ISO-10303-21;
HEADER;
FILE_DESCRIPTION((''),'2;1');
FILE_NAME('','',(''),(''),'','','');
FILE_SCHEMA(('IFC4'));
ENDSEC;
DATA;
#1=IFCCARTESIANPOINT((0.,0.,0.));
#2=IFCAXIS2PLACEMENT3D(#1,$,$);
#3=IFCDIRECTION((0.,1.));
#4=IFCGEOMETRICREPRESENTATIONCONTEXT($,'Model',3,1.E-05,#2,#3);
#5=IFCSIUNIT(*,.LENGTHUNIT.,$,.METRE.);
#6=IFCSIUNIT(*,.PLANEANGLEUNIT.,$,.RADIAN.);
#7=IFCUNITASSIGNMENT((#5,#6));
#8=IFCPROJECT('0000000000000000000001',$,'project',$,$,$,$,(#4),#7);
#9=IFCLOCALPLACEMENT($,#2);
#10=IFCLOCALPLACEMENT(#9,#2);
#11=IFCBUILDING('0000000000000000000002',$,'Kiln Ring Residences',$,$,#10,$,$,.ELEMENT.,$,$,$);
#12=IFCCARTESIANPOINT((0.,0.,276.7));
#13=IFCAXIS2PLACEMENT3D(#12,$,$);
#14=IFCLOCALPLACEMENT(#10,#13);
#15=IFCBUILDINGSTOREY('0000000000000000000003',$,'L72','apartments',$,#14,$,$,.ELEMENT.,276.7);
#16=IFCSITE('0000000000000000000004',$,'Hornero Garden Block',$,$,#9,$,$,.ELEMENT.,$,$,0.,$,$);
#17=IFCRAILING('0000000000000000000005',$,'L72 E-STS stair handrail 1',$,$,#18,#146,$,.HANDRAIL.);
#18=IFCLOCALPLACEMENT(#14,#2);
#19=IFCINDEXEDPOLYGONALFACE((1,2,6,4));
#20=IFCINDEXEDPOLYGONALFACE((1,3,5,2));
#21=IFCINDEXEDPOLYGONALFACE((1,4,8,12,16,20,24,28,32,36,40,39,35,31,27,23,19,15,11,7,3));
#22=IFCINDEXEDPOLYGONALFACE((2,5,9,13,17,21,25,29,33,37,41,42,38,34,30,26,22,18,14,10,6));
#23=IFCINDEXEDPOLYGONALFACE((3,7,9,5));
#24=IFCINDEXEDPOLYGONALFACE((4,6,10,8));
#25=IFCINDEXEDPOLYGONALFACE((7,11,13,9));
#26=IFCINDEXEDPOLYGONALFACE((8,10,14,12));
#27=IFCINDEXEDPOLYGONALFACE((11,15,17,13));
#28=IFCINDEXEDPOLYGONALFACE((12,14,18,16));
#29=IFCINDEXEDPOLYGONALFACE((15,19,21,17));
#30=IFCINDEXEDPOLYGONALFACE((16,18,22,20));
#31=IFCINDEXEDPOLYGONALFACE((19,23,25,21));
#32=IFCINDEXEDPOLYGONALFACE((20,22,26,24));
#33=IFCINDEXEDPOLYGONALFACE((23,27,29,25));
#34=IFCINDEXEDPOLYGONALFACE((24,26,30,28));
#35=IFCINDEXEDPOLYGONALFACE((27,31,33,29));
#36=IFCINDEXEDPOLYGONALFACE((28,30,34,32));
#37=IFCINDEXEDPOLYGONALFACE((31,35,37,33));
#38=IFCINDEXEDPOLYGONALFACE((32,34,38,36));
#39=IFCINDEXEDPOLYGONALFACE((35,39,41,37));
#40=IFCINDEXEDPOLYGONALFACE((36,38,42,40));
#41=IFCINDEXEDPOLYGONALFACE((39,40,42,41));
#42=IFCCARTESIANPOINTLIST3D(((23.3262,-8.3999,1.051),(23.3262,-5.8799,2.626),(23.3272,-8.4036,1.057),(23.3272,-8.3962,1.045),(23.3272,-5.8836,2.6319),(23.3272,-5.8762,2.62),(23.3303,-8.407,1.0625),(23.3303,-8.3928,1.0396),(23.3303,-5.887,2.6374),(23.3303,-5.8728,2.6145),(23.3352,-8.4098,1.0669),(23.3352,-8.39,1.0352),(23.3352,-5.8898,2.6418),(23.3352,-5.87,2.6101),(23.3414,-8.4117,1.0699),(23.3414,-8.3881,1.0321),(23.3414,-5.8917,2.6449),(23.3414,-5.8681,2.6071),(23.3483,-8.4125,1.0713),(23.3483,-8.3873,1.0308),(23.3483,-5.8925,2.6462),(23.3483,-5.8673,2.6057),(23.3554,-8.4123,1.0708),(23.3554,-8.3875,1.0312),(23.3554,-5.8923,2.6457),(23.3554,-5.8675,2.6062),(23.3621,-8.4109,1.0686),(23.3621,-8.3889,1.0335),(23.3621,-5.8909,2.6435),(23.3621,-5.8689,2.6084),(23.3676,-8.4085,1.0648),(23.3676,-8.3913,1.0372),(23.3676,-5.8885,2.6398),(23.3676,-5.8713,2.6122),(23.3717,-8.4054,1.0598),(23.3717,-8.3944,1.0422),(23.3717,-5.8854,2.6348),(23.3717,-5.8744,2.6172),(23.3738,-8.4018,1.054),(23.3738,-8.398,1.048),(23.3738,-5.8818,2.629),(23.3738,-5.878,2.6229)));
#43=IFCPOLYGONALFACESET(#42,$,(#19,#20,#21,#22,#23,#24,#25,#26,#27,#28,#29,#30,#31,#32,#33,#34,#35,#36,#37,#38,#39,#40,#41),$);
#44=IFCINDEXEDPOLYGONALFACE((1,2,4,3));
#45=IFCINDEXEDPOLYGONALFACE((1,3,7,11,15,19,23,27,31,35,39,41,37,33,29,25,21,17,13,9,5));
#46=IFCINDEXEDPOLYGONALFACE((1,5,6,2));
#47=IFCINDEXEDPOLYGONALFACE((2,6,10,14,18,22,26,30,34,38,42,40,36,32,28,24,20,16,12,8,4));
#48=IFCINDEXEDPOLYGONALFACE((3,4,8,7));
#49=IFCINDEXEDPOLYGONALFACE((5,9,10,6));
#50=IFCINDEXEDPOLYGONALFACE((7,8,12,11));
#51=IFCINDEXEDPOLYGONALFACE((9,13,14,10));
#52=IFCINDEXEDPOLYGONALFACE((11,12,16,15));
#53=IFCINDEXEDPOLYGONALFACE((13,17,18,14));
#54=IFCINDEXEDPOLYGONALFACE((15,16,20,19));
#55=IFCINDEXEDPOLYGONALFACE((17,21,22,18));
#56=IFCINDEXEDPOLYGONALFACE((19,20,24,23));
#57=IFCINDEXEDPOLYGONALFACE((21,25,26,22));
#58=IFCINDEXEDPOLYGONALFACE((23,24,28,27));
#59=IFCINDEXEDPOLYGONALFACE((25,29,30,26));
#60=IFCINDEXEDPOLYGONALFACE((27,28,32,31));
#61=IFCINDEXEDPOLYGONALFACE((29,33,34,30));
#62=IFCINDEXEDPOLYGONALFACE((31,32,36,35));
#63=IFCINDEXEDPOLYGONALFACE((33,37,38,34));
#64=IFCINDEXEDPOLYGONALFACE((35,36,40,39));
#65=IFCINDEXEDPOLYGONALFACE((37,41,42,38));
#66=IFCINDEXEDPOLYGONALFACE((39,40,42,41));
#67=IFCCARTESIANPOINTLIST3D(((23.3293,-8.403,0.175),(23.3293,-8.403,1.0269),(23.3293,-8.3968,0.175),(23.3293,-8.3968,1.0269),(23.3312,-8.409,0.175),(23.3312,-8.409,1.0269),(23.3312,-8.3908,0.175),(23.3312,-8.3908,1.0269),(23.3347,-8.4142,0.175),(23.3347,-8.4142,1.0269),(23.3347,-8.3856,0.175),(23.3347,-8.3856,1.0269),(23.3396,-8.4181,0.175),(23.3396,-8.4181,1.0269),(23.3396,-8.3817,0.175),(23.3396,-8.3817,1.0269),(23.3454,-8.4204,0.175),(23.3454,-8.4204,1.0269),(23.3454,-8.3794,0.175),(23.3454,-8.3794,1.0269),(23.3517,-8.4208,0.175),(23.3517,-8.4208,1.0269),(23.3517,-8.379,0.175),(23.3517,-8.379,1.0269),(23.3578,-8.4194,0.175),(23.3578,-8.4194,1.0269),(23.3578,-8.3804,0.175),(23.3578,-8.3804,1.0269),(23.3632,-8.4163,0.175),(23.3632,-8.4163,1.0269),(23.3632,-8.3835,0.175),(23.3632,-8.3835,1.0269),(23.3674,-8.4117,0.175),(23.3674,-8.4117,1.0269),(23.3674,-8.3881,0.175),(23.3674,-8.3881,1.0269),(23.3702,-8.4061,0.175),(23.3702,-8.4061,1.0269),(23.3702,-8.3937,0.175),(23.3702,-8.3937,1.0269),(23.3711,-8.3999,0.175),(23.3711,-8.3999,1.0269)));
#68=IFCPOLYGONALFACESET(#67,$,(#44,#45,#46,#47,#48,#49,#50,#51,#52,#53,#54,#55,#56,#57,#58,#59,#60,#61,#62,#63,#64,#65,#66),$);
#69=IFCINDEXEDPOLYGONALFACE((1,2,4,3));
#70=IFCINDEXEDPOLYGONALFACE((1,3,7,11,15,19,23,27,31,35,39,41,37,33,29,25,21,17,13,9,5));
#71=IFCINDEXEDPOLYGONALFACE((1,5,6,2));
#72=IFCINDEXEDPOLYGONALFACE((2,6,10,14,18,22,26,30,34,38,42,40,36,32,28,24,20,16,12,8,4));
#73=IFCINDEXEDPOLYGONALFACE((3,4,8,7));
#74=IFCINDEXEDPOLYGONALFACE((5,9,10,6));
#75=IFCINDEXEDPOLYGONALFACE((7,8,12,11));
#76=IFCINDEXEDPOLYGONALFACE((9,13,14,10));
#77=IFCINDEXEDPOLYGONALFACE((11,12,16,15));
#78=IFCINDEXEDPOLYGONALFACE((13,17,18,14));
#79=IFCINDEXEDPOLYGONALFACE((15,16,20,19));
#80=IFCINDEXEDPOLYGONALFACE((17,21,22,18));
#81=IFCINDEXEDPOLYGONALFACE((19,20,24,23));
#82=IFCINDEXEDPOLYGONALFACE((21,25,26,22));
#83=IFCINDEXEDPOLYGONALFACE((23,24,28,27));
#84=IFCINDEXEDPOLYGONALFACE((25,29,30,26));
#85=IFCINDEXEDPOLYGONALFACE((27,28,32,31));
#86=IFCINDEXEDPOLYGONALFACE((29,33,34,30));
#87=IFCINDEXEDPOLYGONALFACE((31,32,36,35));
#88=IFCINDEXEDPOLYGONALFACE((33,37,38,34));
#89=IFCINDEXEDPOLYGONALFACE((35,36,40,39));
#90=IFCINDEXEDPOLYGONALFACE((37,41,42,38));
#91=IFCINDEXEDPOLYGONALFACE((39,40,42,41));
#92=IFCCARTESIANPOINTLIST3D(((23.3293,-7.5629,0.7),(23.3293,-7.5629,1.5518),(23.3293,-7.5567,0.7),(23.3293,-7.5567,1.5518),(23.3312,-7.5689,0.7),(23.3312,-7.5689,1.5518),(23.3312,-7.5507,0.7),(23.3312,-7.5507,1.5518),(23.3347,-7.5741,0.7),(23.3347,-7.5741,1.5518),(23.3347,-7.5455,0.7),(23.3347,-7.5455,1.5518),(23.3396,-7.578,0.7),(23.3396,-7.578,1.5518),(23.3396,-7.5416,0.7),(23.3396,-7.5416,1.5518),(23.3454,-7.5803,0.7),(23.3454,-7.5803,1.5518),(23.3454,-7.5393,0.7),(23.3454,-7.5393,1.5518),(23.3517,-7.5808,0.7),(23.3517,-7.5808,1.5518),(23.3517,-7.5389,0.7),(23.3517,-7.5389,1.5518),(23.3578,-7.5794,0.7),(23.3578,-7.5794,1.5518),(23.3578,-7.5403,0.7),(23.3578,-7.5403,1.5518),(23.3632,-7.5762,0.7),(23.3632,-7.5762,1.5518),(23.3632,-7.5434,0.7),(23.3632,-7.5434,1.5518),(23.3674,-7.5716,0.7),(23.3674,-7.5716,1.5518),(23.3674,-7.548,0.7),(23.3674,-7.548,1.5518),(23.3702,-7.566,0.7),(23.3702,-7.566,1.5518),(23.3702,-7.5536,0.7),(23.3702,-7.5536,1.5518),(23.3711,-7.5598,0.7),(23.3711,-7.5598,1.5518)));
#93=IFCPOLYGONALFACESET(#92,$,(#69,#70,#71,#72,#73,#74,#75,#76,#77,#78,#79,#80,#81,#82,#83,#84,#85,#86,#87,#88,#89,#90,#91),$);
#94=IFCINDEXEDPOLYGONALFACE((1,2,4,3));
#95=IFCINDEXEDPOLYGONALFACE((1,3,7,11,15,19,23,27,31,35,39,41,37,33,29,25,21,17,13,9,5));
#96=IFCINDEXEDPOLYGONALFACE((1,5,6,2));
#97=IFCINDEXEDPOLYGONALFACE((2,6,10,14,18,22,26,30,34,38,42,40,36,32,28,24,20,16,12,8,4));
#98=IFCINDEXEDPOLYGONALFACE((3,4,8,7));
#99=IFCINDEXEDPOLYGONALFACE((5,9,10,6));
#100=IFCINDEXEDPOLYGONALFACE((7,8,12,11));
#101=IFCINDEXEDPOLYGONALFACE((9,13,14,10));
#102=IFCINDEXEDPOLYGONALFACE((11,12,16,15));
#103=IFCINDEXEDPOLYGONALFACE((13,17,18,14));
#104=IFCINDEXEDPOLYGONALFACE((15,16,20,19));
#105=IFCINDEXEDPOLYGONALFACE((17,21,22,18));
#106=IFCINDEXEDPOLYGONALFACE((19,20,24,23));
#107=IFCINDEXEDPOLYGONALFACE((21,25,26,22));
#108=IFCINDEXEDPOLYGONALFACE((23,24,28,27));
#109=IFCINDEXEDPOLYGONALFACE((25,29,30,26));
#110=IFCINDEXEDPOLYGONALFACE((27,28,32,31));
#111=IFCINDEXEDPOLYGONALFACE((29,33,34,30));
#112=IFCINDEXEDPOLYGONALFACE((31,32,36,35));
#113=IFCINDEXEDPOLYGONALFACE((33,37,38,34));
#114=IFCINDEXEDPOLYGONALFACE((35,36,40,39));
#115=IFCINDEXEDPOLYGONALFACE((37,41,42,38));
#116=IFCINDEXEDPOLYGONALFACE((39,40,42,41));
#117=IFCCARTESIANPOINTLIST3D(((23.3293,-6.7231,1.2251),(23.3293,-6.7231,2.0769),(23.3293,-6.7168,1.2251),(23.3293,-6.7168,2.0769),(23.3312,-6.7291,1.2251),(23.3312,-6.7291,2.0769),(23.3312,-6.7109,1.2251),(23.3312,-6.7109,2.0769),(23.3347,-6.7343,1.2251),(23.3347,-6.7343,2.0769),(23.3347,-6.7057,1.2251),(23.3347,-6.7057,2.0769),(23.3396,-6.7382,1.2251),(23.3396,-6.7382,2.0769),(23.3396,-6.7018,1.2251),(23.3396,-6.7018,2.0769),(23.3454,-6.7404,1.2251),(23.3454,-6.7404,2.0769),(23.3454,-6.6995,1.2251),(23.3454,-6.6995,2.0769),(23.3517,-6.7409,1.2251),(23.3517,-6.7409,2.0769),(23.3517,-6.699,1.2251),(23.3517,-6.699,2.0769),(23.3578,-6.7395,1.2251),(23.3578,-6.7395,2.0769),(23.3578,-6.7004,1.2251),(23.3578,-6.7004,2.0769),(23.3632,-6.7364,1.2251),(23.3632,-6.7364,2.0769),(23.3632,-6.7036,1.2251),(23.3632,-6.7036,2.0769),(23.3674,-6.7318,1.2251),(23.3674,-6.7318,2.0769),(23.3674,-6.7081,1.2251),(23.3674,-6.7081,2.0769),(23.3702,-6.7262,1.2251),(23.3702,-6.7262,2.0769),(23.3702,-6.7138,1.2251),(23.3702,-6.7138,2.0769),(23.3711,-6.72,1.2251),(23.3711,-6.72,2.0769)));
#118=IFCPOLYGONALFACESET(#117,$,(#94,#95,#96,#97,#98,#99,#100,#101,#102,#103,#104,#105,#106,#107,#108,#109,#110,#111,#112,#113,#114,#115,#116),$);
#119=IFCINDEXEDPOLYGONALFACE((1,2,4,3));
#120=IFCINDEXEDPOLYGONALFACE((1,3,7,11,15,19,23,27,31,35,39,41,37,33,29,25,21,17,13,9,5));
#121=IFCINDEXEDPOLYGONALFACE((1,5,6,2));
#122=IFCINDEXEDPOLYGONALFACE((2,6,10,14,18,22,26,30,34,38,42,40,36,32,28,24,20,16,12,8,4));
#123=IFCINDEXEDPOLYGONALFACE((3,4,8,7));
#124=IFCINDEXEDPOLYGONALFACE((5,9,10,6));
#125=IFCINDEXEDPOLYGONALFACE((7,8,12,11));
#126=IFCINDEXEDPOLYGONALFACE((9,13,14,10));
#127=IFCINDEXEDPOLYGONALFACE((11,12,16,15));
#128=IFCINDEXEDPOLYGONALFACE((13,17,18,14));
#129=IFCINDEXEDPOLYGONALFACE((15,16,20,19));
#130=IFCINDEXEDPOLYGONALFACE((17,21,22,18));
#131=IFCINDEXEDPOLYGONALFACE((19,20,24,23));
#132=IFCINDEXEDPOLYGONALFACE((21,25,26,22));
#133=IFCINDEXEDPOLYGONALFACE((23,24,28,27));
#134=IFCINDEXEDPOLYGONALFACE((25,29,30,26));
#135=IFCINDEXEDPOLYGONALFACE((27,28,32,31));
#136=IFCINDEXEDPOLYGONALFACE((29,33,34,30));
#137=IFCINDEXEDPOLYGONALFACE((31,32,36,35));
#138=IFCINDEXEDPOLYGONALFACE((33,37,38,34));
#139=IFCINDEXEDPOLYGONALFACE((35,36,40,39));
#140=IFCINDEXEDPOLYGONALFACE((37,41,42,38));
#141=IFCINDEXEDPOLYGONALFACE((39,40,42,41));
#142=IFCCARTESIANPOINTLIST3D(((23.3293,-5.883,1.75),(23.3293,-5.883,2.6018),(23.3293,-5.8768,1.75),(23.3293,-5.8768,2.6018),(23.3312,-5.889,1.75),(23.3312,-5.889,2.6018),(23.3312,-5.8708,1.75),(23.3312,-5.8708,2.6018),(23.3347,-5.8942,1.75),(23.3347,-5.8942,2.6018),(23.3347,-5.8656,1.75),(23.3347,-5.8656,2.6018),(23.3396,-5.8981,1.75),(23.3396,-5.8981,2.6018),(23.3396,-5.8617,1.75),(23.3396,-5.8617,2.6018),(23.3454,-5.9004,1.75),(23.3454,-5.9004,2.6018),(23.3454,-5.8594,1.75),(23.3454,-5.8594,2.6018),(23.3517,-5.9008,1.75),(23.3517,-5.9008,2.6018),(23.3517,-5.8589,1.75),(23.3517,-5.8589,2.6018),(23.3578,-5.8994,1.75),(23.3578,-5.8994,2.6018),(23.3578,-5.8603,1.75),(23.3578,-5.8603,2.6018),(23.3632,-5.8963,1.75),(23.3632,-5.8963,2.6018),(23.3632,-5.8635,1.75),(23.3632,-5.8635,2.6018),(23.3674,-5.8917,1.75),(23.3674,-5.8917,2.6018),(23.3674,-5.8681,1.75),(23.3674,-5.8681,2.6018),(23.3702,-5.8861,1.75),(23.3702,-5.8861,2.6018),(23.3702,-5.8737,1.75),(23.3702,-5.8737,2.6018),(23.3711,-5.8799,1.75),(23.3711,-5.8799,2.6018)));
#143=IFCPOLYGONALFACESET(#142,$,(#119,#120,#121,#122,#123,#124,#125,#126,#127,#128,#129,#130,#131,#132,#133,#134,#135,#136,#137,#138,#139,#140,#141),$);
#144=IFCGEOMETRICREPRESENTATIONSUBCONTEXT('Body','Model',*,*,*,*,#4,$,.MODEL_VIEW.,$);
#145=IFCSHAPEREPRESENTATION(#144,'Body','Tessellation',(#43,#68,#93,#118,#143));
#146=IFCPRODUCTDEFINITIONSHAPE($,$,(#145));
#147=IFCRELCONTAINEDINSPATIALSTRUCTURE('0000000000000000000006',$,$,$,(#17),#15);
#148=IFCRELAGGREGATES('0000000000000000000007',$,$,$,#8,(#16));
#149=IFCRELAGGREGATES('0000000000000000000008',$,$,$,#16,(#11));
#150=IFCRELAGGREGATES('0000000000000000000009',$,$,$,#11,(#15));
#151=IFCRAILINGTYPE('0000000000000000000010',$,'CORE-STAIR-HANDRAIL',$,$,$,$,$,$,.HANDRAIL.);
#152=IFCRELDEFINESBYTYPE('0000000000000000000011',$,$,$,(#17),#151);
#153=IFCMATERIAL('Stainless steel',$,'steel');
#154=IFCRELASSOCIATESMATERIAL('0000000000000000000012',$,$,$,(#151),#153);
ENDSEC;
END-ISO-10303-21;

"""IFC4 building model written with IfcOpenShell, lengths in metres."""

from ifc_helpers import new_model, si_unit, direction, frame, origin, origin_2d, place, context, subcontext, project, spatial, circle, extrude, material, type_object, element, save


model = new_model("IFC4")

# Units and contexts
model_context = context("Model", 3, precision=1e-05, world=origin(), true_north=direction((0.0, 1.0)))
body_context = subcontext(model_context, "Body", "Model", "MODEL_VIEW")
ifc_project = project(units=[si_unit("LENGTHUNIT", "METRE"), si_unit("PLANEANGLEUNIT", "RADIAN")], contexts=[model_context])

# Site, building, storey
site_placement = place(None, origin())
site = spatial("IfcSite", under=ifc_project, at=site_placement, Name="Hornero Garden Block", CompositionType="ELEMENT", RefElevation=0.0)
building_placement = place(site_placement, origin())
building = spatial("IfcBuilding", under=site, at=building_placement, Name="Kiln Ring Residences", CompositionType="ELEMENT")
storey_placement = place(building_placement, frame((0.0, 0.0, 276.7)))
storey = spatial("IfcBuildingStorey", under=building, at=storey_placement, Name="L72", Description="apartments", CompositionType="ELEMENT", Elevation=276.7)

# Railing
ifc_material_1 = material(Name="Stainless steel", Category="steel")
railing_type_1 = type_object("IfcRailingType", Name="CORE-STAIR-HANDRAIL", PredefinedType="HANDRAIL", material=ifc_material_1)
railing_1_placement = place(storey_placement, frame((23.3501, -8.3999, 0.175)))
element("IfcRailing", 1, at=railing_1_placement, inside=storey, type_object=railing_type_1, Name="L72 E-STS stair handrail 1", PredefinedType="HANDRAIL", context=body_context, shape_type="SweptSolid", body=[
    extrude(circle(Radius=0.0239, at=origin_2d()), frame((0.0, 0.0, 0.876), z_axis=(0.0, 0.848008, 0.529984), x_axis=(-1.0, 0.0, 0.0)), (0.0, 0.0, 1.0), 2.9717),
    extrude(circle(Radius=0.021, at=origin_2d()), origin(), (0.0, 0.0, 1.0), 0.8518),
    extrude(circle(Radius=0.021, at=origin_2d()), frame((0.0, 0.8401, 0.5249)), (0.0, 0.0, 1.0), 0.8518),
    extrude(circle(Radius=0.021, at=origin_2d()), frame((0.0, 1.6799, 1.05)), (0.0, 0.0, 1.0), 0.8518),
    extrude(circle(Radius=0.021, at=origin_2d()), frame((0.0, 2.52, 1.575)), (0.0, 0.0, 1.0), 0.8518),
])

save(model, "model.ifc")
